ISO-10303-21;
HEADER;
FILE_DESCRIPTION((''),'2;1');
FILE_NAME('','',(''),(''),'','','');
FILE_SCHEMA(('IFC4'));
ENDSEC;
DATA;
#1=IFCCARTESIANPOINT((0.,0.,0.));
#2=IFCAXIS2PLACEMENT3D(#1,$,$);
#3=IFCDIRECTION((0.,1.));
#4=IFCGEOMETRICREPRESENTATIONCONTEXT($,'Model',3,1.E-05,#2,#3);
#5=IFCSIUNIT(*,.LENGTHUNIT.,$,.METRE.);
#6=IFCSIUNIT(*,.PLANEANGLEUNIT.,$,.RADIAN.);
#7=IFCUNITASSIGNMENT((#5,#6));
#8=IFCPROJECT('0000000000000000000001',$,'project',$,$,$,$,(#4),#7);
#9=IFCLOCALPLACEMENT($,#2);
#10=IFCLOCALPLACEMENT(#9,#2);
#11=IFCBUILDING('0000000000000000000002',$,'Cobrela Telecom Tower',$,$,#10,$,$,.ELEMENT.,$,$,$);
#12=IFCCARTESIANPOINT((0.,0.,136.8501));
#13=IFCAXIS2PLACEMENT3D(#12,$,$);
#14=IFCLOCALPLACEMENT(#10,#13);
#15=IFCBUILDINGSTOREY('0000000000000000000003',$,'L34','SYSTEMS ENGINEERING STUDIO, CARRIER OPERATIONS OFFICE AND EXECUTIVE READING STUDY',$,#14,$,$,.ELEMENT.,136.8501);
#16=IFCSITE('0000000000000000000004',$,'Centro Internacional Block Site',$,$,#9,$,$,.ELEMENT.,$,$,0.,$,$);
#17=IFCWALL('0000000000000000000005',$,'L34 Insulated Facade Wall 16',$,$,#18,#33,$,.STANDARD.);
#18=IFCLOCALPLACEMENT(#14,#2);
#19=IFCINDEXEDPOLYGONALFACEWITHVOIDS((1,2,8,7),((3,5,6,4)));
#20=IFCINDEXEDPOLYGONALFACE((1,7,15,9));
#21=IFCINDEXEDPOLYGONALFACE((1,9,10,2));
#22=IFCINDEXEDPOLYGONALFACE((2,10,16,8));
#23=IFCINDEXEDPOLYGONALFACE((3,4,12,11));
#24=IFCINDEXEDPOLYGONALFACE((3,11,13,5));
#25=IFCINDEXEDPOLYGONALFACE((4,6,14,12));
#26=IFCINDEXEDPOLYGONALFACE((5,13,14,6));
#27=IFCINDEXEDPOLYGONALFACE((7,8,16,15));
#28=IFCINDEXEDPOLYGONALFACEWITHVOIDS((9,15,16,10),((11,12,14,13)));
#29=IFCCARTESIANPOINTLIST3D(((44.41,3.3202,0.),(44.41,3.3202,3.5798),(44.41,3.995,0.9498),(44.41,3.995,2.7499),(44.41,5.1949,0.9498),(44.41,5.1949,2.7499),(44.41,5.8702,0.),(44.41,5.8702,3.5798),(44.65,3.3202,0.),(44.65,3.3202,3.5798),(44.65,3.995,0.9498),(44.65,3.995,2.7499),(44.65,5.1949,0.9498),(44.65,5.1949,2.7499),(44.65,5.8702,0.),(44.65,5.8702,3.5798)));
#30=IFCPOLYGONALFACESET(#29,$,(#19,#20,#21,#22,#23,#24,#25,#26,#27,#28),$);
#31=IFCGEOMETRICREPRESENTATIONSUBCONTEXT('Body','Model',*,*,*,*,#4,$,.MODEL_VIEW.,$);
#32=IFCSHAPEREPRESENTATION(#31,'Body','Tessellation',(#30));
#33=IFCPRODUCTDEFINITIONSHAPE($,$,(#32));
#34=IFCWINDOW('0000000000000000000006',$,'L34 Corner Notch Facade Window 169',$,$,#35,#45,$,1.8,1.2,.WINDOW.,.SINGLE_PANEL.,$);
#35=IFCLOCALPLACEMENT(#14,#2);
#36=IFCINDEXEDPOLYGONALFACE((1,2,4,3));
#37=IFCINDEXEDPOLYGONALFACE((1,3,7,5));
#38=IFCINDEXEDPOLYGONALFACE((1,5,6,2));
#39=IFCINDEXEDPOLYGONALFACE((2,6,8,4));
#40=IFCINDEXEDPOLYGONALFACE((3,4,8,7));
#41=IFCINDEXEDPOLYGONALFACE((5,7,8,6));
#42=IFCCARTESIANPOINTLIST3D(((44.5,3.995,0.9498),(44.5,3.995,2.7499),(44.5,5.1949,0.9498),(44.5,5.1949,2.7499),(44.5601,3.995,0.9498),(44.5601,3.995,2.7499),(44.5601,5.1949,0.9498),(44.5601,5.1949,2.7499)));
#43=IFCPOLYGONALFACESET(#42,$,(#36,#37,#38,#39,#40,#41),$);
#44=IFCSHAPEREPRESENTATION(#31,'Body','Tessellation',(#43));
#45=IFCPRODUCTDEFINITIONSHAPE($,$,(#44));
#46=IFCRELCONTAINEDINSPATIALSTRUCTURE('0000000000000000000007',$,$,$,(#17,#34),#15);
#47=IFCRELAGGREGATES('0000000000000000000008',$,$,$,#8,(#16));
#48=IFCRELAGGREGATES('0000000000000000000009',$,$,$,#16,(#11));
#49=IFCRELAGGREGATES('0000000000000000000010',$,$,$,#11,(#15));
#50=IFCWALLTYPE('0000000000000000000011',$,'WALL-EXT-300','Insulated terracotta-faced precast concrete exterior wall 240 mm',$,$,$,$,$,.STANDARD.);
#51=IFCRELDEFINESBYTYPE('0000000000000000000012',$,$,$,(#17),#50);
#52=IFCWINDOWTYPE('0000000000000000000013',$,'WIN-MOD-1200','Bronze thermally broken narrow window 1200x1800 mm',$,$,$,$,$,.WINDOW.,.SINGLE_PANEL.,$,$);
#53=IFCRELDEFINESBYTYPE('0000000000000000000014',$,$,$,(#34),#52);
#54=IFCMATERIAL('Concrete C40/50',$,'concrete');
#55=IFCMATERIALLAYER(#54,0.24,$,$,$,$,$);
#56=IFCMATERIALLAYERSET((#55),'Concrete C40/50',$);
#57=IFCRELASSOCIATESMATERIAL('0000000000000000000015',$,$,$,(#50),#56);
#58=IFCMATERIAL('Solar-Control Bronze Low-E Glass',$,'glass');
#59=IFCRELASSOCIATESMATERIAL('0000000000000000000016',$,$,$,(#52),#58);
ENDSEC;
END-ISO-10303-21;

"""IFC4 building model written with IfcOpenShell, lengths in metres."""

from ifc_helpers import new_model, si_unit, direction, frame, frame_2d, origin, place, context, subcontext, project, spatial, rectangle, extrude, material, layer, layer_set, type_object, element, fill, save


model = new_model("IFC4")

# Units and contexts
model_context = context("Model", 3, precision=1e-05, world=origin(), true_north=direction((0.0, 1.0)))
body_context = subcontext(model_context, "Body", "Model", "MODEL_VIEW")
ifc_project = project(units=[si_unit("LENGTHUNIT", "METRE"), si_unit("PLANEANGLEUNIT", "RADIAN")], contexts=[model_context])

# Site, building, storey
site_placement = place(None, origin())
site = spatial("IfcSite", under=ifc_project, at=site_placement, Name="Centro Internacional Block Site", CompositionType="ELEMENT", RefElevation=0.0)
building_placement = place(site_placement, origin())
building = spatial("IfcBuilding", under=site, at=building_placement, Name="Cobrela Telecom Tower", CompositionType="ELEMENT")
storey_placement = place(building_placement, frame((0.0, 0.0, 136.8501)))
storey = spatial("IfcBuildingStorey", under=building, at=storey_placement, Name="L34", Description="SYSTEMS ENGINEERING STUDIO, CARRIER OPERATIONS OFFICE AND EXECUTIVE READING STUDY", CompositionType="ELEMENT", Elevation=136.8501)

# Shared definitions
ifc_material_1 = material(Name="Solar-Control Bronze Low-E Glass", Category="glass")

# Wall, opening, window
ifc_material_2 = material(Name="Concrete C40/50", Category="concrete")
ifc_layer_1 = layer(ifc_material_2, 0.24)
ifc_layer_set_1 = layer_set([ifc_layer_1], Name="Concrete C40/50")
wall_type = type_object("IfcWallType", Name="WALL-EXT-300", Description="Insulated terracotta-faced precast concrete exterior wall 240 mm", PredefinedType="STANDARD", material=ifc_layer_set_1)
wall_1_placement = place(storey_placement, frame((44.53, 5.8701, 0.0), z_axis=(0.0, 0.0, 1.0), x_axis=(0.0, -1.0, 0.0)))
wall_1 = element("IfcWall", 1, at=wall_1_placement, inside=storey, type_object=wall_type, Name="L34 Insulated Facade Wall 16", PredefinedType="STANDARD", context=body_context, shape_type="SweptSolid", body=[
    extrude(rectangle(XDim=2.55, YDim=0.24, at=frame_2d((1.2749, 0.0))), origin(), (0.0, 0.0, 1.0), 3.5798),
])
opening_1_placement = place(wall_1_placement, frame((0.675, 0.0, 0.95)))
opening_1 = element("IfcOpeningElement", 2, at=opening_1_placement, cuts=wall_1, PredefinedType="OPENING", context=body_context, shape_type="SweptSolid", body=[
    extrude(rectangle(XDim=1.2, YDim=1.8, at=frame_2d((0.6001, 0.8999))), frame((0.0, 0.1318, 0.0), z_axis=(0.0, -1.0, 0.0), x_axis=(1.0, 0.0, 0.0)), (0.0, 0.0, 1.0), 0.2639),
])
window_type_1 = type_object("IfcWindowType", Name="WIN-MOD-1200", Description="Bronze thermally broken narrow window 1200x1800 mm", PartitioningType="SINGLE_PANEL", PredefinedType="WINDOW", material=ifc_material_1)
window_1_placement = place(opening_1_placement, origin())
window_1 = element("IfcWindow", 3, at=window_1_placement, inside=storey, type_object=window_type_1, Name="L34 Corner Notch Facade Window 169", OverallHeight=1.8, OverallWidth=1.2, PartitioningType="SINGLE_PANEL", PredefinedType="WINDOW", context=body_context, shape_type="SweptSolid", body=[
    extrude(rectangle(XDim=1.2, YDim=1.8, at=frame_2d((0.6001, 0.8999))), frame((0.0, 0.03, 0.0), z_axis=(0.0, -1.0, 0.0), x_axis=(1.0, 0.0, 0.0)), (0.0, 0.0, 1.0), 0.0601),
])
fill(opening_1, window_1)

save(model, "model.ifc")
